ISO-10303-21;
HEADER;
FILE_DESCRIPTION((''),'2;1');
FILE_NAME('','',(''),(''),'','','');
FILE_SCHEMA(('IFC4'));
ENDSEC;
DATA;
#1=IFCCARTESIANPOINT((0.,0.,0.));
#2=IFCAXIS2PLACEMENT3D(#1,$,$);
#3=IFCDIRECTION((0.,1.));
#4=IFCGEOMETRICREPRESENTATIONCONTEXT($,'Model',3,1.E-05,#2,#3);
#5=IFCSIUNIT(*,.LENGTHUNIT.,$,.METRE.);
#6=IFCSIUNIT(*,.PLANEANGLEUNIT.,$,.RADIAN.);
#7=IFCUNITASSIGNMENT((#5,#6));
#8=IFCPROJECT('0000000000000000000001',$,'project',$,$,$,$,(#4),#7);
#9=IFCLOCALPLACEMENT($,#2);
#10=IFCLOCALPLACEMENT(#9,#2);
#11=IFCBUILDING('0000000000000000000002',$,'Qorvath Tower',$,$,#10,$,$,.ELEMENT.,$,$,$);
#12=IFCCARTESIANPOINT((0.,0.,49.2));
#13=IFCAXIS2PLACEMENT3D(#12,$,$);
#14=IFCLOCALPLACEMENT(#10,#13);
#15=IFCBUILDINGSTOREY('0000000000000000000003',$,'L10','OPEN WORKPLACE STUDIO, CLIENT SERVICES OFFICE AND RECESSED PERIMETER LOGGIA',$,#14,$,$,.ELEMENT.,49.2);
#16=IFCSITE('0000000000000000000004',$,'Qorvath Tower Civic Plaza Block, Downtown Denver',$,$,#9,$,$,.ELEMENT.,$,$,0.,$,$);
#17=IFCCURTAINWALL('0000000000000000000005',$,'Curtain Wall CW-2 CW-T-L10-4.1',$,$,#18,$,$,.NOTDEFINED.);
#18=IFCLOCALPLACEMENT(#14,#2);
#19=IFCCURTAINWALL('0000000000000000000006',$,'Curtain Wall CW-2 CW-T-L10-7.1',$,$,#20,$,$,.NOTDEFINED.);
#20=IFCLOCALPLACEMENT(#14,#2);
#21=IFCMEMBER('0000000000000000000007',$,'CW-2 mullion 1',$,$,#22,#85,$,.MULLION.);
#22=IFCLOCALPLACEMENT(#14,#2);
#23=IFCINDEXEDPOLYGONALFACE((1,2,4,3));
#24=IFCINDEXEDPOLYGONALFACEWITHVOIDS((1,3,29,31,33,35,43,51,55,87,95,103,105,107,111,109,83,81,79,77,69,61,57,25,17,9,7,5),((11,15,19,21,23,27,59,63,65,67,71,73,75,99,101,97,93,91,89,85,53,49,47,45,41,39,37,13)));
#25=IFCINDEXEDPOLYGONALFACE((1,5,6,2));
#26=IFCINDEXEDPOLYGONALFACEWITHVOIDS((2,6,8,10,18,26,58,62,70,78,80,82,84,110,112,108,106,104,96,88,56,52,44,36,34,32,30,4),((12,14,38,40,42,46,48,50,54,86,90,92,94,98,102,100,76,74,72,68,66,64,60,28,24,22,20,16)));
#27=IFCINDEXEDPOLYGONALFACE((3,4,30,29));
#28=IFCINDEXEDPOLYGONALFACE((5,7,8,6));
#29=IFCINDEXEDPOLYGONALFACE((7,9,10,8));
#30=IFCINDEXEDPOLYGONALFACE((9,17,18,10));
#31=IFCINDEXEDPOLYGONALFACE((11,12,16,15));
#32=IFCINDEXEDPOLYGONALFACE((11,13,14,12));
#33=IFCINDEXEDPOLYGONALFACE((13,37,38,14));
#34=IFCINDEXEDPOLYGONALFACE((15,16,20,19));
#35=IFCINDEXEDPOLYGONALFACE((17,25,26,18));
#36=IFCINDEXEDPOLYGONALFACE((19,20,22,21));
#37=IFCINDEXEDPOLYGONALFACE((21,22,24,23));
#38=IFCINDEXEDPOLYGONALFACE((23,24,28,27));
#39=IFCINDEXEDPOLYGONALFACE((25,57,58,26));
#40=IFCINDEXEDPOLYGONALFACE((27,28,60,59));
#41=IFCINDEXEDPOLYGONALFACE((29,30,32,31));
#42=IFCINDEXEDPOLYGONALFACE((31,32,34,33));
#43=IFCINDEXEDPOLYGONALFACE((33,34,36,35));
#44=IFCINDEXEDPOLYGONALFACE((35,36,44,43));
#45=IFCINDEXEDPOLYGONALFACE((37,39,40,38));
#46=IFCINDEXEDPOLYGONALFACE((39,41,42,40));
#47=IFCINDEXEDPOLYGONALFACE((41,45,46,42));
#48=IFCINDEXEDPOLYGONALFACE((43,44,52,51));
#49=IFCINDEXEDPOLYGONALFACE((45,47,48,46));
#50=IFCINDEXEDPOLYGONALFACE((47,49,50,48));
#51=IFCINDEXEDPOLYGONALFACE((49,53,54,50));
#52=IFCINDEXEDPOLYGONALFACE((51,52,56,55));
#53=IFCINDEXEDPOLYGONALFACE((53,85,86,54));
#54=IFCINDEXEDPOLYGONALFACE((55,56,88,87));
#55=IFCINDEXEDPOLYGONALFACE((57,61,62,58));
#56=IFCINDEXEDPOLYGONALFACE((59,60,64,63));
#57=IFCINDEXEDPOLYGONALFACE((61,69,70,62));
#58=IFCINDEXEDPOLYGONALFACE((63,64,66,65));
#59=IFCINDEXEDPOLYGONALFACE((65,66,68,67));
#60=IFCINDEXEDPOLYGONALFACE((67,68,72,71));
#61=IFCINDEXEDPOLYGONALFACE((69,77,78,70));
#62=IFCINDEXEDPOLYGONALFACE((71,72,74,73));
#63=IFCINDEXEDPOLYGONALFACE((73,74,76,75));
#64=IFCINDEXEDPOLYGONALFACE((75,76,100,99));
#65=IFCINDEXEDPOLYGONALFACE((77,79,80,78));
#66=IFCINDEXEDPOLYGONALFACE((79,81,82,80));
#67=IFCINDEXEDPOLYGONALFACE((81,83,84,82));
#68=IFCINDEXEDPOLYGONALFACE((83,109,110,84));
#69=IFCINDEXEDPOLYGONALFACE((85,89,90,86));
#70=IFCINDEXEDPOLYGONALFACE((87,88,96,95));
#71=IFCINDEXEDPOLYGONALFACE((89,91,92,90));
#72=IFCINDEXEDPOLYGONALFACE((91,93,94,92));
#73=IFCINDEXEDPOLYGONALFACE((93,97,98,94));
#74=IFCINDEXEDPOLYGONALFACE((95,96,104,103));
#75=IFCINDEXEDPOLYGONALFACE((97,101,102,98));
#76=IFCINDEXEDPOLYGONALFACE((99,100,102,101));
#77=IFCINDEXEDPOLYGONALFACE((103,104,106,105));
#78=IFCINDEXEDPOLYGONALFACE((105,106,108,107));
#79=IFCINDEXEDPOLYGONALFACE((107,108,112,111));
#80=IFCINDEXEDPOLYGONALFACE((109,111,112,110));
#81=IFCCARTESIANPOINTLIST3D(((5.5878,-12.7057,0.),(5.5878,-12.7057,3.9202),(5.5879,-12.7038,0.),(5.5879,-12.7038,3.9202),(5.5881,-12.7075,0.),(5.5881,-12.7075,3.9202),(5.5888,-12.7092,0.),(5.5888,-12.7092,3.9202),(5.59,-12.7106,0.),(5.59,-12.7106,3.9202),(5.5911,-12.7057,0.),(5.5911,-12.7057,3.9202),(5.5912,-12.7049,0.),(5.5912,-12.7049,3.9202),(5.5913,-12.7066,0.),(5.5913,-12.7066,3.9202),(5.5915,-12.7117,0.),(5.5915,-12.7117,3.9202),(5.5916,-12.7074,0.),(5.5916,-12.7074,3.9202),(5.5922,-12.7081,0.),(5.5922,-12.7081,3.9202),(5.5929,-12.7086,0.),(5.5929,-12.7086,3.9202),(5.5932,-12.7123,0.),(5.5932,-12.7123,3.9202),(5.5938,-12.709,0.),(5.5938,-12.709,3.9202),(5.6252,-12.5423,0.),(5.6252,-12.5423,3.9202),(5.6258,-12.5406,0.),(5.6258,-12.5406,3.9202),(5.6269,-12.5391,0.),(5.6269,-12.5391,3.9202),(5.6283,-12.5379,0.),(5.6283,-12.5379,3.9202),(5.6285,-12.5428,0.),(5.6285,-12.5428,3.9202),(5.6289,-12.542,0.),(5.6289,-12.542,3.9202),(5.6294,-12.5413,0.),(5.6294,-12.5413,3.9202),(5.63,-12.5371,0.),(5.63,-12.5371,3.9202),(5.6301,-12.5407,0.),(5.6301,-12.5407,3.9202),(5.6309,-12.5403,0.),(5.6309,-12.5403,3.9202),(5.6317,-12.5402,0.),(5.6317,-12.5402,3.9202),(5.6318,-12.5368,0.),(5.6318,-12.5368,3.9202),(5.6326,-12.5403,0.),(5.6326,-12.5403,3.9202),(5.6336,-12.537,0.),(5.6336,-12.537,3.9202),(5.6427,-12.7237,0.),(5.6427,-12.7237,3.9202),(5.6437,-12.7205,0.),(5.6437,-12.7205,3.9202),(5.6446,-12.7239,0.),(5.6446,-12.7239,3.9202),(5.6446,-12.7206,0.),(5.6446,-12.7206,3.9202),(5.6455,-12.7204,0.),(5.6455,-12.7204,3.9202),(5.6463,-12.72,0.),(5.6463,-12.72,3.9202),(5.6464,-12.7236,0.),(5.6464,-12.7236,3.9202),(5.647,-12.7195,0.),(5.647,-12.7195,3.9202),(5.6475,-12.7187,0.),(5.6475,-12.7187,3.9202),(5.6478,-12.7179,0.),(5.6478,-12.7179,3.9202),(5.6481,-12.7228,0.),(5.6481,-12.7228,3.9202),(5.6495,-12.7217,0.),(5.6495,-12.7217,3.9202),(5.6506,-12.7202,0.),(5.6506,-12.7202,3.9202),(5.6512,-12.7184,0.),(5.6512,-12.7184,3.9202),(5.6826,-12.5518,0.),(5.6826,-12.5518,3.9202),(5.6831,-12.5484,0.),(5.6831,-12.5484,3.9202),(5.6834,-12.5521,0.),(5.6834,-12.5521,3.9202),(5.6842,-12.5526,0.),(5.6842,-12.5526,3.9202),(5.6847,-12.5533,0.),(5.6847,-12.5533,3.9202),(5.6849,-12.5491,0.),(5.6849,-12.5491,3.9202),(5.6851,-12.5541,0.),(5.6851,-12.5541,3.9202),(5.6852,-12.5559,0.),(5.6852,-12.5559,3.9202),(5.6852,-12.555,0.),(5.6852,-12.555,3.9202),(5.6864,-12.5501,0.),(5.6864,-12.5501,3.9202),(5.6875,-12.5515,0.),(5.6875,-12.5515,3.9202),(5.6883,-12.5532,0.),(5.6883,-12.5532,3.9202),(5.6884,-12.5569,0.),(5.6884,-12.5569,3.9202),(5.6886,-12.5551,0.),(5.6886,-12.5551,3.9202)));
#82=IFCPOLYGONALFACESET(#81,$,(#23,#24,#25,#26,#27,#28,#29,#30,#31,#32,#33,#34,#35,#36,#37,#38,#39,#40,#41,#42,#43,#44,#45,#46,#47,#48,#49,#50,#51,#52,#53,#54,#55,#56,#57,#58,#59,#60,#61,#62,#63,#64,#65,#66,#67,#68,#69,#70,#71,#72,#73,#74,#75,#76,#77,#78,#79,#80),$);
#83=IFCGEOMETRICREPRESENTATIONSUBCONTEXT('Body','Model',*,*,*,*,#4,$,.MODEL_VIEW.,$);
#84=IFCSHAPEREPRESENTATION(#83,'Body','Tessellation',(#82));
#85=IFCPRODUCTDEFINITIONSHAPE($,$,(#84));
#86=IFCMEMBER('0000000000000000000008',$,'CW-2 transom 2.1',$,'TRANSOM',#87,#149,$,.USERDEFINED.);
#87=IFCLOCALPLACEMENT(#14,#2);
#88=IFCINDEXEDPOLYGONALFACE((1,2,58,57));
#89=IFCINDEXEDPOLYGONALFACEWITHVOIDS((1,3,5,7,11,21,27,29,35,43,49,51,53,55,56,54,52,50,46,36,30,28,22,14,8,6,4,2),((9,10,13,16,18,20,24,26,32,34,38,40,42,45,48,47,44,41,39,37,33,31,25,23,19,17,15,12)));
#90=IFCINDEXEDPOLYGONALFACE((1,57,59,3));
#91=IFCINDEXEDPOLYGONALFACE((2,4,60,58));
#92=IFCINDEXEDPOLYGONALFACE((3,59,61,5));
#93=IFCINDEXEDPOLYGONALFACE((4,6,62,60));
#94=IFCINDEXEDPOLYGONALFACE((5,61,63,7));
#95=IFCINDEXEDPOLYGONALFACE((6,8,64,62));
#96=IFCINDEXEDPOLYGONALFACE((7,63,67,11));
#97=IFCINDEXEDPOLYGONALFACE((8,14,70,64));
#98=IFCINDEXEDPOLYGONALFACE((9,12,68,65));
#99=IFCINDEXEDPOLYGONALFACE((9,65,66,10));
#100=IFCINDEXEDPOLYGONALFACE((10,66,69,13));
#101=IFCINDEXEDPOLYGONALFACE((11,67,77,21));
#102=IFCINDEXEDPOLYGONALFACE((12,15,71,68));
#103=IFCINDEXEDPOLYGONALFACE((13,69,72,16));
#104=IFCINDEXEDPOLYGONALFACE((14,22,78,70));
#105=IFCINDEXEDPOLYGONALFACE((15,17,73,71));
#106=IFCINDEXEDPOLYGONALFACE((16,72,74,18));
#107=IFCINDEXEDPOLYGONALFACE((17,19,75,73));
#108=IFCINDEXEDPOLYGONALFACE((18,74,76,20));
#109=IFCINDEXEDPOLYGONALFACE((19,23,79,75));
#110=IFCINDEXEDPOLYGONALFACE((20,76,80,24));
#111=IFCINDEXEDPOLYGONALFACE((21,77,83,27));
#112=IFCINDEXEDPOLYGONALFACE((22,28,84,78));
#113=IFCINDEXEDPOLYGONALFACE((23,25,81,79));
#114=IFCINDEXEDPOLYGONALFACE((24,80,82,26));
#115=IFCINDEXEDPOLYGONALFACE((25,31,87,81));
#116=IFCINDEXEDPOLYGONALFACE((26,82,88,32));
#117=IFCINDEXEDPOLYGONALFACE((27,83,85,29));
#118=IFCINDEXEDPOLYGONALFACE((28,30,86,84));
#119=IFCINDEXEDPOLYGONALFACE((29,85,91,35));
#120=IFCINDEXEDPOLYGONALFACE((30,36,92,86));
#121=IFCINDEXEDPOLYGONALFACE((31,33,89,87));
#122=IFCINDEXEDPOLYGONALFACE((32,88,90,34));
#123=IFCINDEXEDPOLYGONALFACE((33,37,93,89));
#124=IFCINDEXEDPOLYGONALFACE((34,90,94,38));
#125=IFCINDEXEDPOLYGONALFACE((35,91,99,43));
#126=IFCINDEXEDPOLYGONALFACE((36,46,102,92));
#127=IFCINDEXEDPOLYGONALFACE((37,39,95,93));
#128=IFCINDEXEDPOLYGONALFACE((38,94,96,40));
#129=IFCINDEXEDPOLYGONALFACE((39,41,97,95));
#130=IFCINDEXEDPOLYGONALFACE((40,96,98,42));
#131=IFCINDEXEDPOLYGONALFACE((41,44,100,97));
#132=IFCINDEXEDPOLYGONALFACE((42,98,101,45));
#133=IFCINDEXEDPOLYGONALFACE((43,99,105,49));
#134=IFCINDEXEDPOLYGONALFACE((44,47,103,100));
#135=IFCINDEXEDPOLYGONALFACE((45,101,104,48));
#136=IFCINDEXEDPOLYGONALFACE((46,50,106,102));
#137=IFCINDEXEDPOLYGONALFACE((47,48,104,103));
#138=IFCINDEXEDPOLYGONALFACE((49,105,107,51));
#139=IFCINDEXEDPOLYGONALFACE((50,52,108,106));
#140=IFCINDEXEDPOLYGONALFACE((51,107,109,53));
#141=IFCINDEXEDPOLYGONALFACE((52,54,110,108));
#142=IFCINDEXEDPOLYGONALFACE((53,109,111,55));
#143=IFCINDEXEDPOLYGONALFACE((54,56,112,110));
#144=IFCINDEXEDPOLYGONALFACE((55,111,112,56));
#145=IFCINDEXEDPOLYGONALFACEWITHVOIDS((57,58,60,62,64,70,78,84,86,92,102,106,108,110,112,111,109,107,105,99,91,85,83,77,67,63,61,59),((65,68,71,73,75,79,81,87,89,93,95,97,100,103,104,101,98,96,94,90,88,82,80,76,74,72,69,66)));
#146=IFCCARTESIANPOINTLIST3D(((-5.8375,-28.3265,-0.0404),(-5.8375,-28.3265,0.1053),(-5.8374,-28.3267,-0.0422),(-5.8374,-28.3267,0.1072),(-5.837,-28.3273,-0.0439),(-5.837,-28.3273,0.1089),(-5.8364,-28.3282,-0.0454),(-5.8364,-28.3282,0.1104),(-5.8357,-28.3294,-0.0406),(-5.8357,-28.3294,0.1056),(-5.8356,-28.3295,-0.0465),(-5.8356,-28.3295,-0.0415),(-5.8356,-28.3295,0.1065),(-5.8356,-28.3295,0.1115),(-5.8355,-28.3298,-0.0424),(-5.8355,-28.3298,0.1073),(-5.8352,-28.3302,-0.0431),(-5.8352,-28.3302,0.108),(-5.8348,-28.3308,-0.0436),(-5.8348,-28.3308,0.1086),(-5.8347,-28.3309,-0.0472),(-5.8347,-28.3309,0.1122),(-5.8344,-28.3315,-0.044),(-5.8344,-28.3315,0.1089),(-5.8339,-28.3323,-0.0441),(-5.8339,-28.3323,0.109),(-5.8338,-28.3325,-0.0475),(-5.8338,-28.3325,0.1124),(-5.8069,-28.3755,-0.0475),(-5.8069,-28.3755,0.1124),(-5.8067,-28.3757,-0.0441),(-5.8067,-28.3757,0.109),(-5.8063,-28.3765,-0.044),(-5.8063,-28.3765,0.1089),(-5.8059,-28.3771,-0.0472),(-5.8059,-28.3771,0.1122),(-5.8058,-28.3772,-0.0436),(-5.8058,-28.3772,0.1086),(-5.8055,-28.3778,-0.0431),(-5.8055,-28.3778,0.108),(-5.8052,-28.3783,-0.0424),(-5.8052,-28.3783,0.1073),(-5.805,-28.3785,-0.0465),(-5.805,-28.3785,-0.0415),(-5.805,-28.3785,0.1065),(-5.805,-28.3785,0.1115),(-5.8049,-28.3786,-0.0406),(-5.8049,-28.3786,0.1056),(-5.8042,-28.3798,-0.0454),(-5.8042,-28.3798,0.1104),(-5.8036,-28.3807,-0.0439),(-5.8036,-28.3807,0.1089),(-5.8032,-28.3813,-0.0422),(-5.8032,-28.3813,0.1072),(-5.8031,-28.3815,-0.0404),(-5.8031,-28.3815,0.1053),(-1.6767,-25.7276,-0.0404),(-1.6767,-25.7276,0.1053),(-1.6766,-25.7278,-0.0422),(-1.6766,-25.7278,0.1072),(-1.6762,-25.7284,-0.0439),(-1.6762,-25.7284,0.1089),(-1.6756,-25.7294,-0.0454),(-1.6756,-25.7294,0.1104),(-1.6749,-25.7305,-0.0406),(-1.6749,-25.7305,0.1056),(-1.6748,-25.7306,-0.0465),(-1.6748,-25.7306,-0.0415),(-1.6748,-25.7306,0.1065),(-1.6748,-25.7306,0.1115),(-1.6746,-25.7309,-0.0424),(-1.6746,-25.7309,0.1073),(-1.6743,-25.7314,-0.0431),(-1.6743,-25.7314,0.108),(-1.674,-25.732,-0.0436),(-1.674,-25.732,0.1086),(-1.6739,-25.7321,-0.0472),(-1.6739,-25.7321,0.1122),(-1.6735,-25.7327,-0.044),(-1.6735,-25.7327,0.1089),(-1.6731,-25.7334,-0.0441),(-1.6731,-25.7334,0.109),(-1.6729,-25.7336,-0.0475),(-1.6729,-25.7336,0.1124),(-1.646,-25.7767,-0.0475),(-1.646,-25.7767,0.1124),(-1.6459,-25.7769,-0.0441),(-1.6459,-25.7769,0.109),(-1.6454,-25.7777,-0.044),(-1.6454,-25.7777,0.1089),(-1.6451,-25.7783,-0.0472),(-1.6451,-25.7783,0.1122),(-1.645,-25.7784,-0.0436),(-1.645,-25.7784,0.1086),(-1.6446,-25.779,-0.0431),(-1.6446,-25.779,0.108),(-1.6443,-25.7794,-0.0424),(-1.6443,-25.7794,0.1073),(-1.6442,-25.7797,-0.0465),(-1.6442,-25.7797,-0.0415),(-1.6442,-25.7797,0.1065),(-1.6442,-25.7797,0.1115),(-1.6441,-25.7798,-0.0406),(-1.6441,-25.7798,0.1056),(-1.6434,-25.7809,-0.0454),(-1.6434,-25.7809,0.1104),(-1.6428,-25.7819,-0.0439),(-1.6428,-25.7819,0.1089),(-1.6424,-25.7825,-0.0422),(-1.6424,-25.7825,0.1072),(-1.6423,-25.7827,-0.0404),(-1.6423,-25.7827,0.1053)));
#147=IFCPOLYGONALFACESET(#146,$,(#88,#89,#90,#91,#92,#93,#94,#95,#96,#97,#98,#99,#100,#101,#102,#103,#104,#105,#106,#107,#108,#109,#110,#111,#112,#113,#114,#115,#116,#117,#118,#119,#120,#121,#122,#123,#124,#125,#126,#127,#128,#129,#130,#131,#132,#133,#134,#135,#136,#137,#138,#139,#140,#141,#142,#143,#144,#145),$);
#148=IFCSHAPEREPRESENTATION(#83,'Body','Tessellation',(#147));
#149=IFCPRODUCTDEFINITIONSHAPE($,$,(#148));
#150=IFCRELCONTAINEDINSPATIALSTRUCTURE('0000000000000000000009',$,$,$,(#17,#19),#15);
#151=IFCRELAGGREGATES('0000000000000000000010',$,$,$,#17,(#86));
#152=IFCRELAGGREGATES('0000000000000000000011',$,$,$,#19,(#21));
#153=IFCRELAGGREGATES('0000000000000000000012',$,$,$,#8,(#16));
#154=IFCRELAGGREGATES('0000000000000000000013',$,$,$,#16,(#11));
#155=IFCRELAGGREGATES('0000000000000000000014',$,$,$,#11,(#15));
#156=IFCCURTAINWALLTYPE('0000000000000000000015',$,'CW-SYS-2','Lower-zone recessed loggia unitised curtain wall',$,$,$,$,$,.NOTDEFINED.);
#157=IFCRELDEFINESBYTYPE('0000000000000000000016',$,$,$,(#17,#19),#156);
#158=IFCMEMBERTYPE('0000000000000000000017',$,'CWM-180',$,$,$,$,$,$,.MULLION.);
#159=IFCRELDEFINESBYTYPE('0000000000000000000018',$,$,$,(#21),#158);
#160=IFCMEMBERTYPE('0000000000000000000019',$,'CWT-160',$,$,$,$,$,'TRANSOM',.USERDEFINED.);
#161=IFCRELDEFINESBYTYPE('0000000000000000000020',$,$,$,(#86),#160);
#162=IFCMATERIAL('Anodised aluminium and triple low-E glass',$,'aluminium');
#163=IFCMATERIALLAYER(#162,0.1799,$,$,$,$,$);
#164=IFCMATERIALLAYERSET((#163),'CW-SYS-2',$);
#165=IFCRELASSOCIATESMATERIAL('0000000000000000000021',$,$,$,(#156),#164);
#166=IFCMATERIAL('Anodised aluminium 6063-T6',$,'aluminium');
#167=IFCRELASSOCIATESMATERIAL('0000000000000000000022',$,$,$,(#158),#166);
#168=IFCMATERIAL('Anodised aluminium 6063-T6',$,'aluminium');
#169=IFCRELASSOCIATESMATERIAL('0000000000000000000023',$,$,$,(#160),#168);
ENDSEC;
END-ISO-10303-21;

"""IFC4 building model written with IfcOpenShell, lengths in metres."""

from ifc_helpers import new_model, si_unit, direction, frame, origin, origin_2d, place, context, subcontext, project, spatial, hollow_rectangle, extrude, material, layer, layer_set, material_profile, profile_set, type_object, element, aggregate, save


model = new_model("IFC4")

# Units and contexts
model_context = context("Model", 3, precision=1e-05, world=origin(), true_north=direction((0.0, 1.0)))
body_context = subcontext(model_context, "Body", "Model", "MODEL_VIEW")
ifc_project = project(units=[si_unit("LENGTHUNIT", "METRE"), si_unit("PLANEANGLEUNIT", "RADIAN")], contexts=[model_context])

# Site, building, storey
site_placement = place(None, origin())
site = spatial("IfcSite", under=ifc_project, at=site_placement, Name="Qorvath Tower Civic Plaza Block, Downtown Denver", CompositionType="ELEMENT", RefElevation=0.0)
building_placement = place(site_placement, origin())
building = spatial("IfcBuilding", under=site, at=building_placement, Name="Qorvath Tower", CompositionType="ELEMENT")
storey_placement = place(building_placement, frame((0.0, 0.0, 49.2)))
storey = spatial("IfcBuildingStorey", under=building, at=storey_placement, Name="L10", Description="OPEN WORKPLACE STUDIO, CLIENT SERVICES OFFICE AND RECESSED PERIMETER LOGGIA", CompositionType="ELEMENT", Elevation=49.2)

# Curtain wall
ifc_material_1 = material(Name="Anodised aluminium and triple low-E glass", Category="aluminium")
ifc_layer_1 = layer(ifc_material_1, 0.1799)
ifc_layer_set_1 = layer_set([ifc_layer_1], Name="CW-SYS-2")
curtain_wall_type = type_object("IfcCurtainWallType", Name="CW-SYS-2", Description="Lower-zone recessed loggia unitised curtain wall", PredefinedType="NOTDEFINED", material=ifc_layer_set_1)
curtain_wall_1_placement = place(storey_placement, origin())
curtain_wall_1 = element("IfcCurtainWall", 1, at=curtain_wall_1_placement, inside=storey, type_object=curtain_wall_type, Name="Curtain Wall CW-2 CW-T-L10-4.1", PredefinedType="NOTDEFINED")
ifc_material_2 = material(Name="Anodised aluminium 6063-T6", Category="aluminium")
ifc_material_profile_1 = material_profile(ifc_material_2, hollow_rectangle(XDim=0.0649, YDim=0.1799, WallThickness=0.0034, InnerFilletRadius=0.0034, OuterFilletRadius=0.0071, at=origin_2d()), Name="CWM 180x65")
ifc_profile_set_1 = profile_set([ifc_material_profile_1], Name="Anodised aluminium 6063-T6")
member_type_1 = type_object("IfcMemberType", Name="CWM-180", PredefinedType="MULLION", material=ifc_profile_set_1)

# Curtain wall, member
curtain_wall_2_placement = place(storey_placement, origin())
curtain_wall_2 = element("IfcCurtainWall", 2, at=curtain_wall_2_placement, inside=storey, type_object=curtain_wall_type, Name="Curtain Wall CW-2 CW-T-L10-7.1", PredefinedType="NOTDEFINED")
member_1_placement = place(storey_placement, frame((5.6382, -12.6304, 0.0), z_axis=(0.0, 0.0, 1.0), x_axis=(-0.974466, 0.224535, 0.0)))
member_1 = element("IfcMember", 3, at=member_1_placement, type_object=member_type_1, Name="CW-2 mullion 1", PredefinedType="MULLION", context=body_context, shape_type="SweptSolid", body=[
    extrude(hollow_rectangle(XDim=0.0649, YDim=0.1799, WallThickness=0.0034, InnerFilletRadius=0.0034, OuterFilletRadius=0.0071, at=origin_2d()), origin(), (0.0, 0.0, 1.0), 3.9202),
])

# Member
ifc_material_3 = material(Name="Anodised aluminium 6063-T6", Category="aluminium")
ifc_material_profile_2 = material_profile(ifc_material_3, hollow_rectangle(XDim=0.0649, YDim=0.1599, WallThickness=0.0034, InnerFilletRadius=0.0034, OuterFilletRadius=0.0071, at=origin_2d()), Name="CWT 160x65")
ifc_profile_set_2 = profile_set([ifc_material_profile_2], Name="Anodised aluminium 6063-T6")
member_type_2 = type_object("IfcMemberType", Name="CWT-160", ElementType="TRANSOM", PredefinedType="USERDEFINED", material=ifc_profile_set_2)
member_2_placement = place(storey_placement, frame((-5.8203, -28.354, 0.0325), z_axis=(0.848152, 0.529753, 0.0), x_axis=(-0.529753, 0.848152, 0.0)))
member_2 = element("IfcMember", 4, at=member_2_placement, type_object=member_type_2, Name="CW-2 transom 2.1", ObjectType="TRANSOM", PredefinedType="USERDEFINED", context=body_context, shape_type="SweptSolid", body=[
    extrude(hollow_rectangle(XDim=0.0649, YDim=0.1599, WallThickness=0.0034, InnerFilletRadius=0.0034, OuterFilletRadius=0.0071, at=origin_2d()), origin(), (0.0, 0.0, 1.0), 4.9058),
])

aggregate(curtain_wall_1, [member_2])
aggregate(curtain_wall_2, [member_1])

save(model, "model.ifc")
